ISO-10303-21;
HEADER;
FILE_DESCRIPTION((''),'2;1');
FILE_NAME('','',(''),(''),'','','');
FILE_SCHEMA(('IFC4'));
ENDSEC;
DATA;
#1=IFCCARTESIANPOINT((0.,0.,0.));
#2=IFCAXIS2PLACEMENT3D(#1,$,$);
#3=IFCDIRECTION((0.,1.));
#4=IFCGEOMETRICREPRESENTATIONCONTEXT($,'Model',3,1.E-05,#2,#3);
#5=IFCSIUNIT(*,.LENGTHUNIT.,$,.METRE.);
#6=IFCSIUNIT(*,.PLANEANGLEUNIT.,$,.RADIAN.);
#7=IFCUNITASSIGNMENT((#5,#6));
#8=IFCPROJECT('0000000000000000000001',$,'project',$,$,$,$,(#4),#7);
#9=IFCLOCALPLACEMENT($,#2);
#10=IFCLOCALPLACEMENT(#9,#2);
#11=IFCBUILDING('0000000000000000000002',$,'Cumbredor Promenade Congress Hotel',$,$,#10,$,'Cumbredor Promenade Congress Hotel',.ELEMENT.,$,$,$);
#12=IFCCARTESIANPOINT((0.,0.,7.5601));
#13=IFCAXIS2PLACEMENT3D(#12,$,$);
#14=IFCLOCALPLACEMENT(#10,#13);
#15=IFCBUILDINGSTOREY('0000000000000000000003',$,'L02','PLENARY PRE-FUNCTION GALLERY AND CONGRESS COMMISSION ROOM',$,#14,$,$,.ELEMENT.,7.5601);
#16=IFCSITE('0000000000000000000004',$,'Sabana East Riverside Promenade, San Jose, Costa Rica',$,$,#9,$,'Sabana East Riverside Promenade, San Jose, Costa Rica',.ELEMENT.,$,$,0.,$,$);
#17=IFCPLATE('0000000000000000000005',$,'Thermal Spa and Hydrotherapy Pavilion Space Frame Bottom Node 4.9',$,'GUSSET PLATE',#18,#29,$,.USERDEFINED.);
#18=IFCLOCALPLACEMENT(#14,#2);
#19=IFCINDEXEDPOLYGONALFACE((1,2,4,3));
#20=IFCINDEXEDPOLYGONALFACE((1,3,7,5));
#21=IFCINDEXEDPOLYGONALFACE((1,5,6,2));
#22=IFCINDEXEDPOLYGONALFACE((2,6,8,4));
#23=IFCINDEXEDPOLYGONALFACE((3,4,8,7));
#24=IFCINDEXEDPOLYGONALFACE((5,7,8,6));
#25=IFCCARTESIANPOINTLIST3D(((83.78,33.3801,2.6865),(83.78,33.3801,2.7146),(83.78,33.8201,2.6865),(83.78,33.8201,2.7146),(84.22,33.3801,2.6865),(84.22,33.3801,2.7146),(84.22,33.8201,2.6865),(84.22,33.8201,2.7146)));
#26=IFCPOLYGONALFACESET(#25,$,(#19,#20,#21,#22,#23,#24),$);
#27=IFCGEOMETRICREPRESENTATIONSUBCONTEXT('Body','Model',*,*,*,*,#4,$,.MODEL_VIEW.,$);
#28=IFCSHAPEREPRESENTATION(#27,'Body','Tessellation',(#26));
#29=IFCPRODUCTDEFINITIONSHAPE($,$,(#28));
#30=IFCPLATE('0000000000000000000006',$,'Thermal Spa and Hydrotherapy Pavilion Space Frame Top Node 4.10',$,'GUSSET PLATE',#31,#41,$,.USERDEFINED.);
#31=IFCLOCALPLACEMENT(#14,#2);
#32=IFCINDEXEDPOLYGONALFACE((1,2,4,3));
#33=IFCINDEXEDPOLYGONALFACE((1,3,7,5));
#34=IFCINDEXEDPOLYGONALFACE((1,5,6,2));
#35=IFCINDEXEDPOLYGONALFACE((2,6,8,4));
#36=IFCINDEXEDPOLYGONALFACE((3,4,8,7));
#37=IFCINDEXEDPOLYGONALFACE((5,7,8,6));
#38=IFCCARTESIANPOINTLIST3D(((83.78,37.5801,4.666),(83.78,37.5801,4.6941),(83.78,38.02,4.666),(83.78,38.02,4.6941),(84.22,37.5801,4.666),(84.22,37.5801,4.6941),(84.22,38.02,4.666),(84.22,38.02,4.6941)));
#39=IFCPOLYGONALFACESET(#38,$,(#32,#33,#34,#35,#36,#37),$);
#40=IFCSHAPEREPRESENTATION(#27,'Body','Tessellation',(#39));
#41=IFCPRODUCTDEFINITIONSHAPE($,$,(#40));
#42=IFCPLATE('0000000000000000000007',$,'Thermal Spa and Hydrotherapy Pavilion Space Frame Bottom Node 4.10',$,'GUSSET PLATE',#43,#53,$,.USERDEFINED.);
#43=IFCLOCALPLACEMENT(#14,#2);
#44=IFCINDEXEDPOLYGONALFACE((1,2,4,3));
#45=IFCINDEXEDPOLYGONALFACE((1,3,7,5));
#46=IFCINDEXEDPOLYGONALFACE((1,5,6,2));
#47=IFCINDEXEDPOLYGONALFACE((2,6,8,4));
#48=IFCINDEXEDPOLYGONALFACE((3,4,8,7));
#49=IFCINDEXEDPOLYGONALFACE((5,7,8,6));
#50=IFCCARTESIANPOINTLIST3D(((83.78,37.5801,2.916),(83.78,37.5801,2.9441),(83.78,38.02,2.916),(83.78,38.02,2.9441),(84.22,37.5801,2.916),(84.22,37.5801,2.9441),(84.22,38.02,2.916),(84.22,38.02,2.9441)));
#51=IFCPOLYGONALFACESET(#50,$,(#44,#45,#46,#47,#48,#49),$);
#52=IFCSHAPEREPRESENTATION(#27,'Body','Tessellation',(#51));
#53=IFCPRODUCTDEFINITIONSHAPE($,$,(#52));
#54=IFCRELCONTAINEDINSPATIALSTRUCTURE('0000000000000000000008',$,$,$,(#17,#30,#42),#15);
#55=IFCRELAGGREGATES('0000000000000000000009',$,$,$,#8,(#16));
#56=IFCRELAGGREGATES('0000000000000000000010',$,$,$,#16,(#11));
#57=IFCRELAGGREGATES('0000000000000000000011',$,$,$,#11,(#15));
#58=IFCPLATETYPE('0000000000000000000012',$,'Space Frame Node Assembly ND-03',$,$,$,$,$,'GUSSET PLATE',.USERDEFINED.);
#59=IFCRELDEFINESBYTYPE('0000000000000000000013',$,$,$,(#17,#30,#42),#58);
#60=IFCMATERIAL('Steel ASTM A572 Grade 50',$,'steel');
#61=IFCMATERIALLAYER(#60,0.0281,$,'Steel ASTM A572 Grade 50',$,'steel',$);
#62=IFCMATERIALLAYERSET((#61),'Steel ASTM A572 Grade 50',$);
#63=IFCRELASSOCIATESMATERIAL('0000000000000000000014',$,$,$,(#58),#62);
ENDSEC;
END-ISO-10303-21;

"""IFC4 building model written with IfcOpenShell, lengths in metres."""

from ifc_helpers import new_model, si_unit, direction, frame, origin, origin_2d, place, context, subcontext, project, spatial, rectangle, extrude, material, layer, layer_set, type_object, element, save


model = new_model("IFC4")

# Units and contexts
model_context = context("Model", 3, precision=1e-05, world=origin(), true_north=direction((0.0, 1.0)))
body_context = subcontext(model_context, "Body", "Model", "MODEL_VIEW")
ifc_project = project(units=[si_unit("LENGTHUNIT", "METRE"), si_unit("PLANEANGLEUNIT", "RADIAN")], contexts=[model_context])

# Site, building, storey
site_placement = place(None, origin())
site = spatial("IfcSite", under=ifc_project, at=site_placement, Name="Sabana East Riverside Promenade, San Jose, Costa Rica", LongName="Sabana East Riverside Promenade, San Jose, Costa Rica", CompositionType="ELEMENT", RefElevation=0.0)
building_placement = place(site_placement, origin())
building = spatial("IfcBuilding", under=site, at=building_placement, Name="Cumbredor Promenade Congress Hotel", LongName="Cumbredor Promenade Congress Hotel", CompositionType="ELEMENT")
storey_placement = place(building_placement, frame((0.0, 0.0, 7.5601)))
storey = spatial("IfcBuildingStorey", under=building, at=storey_placement, Name="L02", Description="PLENARY PRE-FUNCTION GALLERY AND CONGRESS COMMISSION ROOM", CompositionType="ELEMENT", Elevation=7.5601)

# Plates
ifc_material_1 = material(Name="Steel ASTM A572 Grade 50", Category="steel")
ifc_layer = layer(ifc_material_1, 0.0281, Name="Steel ASTM A572 Grade 50", Category="steel")
ifc_layer_set = layer_set([ifc_layer], Name="Steel ASTM A572 Grade 50")
plate_type = type_object("IfcPlateType", Name="Space Frame Node Assembly ND-03", ElementType="GUSSET PLATE", PredefinedType="USERDEFINED", material=ifc_layer_set)
for number, where, z_axis, x_axis, name in (
    (1, (84.0, 33.6001, 2.6865), (0.0, 0.0, 1.0), (1.0, 0.0, 0.0), "Thermal Spa and Hydrotherapy Pavilion Space Frame Bottom Node 4.9"),
    (2, (84.0, 37.8, 4.666), (0.0, 0.0, 1.0), (1.0, 0.0, 0.0), "Thermal Spa and Hydrotherapy Pavilion Space Frame Top Node 4.10"),
    (3, (84.0, 37.8, 2.916), (0.0, 0.0, 1.0), (1.0, 0.0, 0.0), "Thermal Spa and Hydrotherapy Pavilion Space Frame Bottom Node 4.10"),
):
    element("IfcPlate", number, at=place(storey_placement, frame(where, z_axis=z_axis, x_axis=x_axis)), inside=storey, type_object=plate_type, Name=name, ObjectType="GUSSET PLATE", PredefinedType="USERDEFINED", context=body_context, shape_type="SweptSolid", body=[
        extrude(rectangle(XDim=0.4399, YDim=0.4399, at=origin_2d()), origin(), (0.0, 0.0, 1.0), 0.0281),
    ])

save(model, "model.ifc")
